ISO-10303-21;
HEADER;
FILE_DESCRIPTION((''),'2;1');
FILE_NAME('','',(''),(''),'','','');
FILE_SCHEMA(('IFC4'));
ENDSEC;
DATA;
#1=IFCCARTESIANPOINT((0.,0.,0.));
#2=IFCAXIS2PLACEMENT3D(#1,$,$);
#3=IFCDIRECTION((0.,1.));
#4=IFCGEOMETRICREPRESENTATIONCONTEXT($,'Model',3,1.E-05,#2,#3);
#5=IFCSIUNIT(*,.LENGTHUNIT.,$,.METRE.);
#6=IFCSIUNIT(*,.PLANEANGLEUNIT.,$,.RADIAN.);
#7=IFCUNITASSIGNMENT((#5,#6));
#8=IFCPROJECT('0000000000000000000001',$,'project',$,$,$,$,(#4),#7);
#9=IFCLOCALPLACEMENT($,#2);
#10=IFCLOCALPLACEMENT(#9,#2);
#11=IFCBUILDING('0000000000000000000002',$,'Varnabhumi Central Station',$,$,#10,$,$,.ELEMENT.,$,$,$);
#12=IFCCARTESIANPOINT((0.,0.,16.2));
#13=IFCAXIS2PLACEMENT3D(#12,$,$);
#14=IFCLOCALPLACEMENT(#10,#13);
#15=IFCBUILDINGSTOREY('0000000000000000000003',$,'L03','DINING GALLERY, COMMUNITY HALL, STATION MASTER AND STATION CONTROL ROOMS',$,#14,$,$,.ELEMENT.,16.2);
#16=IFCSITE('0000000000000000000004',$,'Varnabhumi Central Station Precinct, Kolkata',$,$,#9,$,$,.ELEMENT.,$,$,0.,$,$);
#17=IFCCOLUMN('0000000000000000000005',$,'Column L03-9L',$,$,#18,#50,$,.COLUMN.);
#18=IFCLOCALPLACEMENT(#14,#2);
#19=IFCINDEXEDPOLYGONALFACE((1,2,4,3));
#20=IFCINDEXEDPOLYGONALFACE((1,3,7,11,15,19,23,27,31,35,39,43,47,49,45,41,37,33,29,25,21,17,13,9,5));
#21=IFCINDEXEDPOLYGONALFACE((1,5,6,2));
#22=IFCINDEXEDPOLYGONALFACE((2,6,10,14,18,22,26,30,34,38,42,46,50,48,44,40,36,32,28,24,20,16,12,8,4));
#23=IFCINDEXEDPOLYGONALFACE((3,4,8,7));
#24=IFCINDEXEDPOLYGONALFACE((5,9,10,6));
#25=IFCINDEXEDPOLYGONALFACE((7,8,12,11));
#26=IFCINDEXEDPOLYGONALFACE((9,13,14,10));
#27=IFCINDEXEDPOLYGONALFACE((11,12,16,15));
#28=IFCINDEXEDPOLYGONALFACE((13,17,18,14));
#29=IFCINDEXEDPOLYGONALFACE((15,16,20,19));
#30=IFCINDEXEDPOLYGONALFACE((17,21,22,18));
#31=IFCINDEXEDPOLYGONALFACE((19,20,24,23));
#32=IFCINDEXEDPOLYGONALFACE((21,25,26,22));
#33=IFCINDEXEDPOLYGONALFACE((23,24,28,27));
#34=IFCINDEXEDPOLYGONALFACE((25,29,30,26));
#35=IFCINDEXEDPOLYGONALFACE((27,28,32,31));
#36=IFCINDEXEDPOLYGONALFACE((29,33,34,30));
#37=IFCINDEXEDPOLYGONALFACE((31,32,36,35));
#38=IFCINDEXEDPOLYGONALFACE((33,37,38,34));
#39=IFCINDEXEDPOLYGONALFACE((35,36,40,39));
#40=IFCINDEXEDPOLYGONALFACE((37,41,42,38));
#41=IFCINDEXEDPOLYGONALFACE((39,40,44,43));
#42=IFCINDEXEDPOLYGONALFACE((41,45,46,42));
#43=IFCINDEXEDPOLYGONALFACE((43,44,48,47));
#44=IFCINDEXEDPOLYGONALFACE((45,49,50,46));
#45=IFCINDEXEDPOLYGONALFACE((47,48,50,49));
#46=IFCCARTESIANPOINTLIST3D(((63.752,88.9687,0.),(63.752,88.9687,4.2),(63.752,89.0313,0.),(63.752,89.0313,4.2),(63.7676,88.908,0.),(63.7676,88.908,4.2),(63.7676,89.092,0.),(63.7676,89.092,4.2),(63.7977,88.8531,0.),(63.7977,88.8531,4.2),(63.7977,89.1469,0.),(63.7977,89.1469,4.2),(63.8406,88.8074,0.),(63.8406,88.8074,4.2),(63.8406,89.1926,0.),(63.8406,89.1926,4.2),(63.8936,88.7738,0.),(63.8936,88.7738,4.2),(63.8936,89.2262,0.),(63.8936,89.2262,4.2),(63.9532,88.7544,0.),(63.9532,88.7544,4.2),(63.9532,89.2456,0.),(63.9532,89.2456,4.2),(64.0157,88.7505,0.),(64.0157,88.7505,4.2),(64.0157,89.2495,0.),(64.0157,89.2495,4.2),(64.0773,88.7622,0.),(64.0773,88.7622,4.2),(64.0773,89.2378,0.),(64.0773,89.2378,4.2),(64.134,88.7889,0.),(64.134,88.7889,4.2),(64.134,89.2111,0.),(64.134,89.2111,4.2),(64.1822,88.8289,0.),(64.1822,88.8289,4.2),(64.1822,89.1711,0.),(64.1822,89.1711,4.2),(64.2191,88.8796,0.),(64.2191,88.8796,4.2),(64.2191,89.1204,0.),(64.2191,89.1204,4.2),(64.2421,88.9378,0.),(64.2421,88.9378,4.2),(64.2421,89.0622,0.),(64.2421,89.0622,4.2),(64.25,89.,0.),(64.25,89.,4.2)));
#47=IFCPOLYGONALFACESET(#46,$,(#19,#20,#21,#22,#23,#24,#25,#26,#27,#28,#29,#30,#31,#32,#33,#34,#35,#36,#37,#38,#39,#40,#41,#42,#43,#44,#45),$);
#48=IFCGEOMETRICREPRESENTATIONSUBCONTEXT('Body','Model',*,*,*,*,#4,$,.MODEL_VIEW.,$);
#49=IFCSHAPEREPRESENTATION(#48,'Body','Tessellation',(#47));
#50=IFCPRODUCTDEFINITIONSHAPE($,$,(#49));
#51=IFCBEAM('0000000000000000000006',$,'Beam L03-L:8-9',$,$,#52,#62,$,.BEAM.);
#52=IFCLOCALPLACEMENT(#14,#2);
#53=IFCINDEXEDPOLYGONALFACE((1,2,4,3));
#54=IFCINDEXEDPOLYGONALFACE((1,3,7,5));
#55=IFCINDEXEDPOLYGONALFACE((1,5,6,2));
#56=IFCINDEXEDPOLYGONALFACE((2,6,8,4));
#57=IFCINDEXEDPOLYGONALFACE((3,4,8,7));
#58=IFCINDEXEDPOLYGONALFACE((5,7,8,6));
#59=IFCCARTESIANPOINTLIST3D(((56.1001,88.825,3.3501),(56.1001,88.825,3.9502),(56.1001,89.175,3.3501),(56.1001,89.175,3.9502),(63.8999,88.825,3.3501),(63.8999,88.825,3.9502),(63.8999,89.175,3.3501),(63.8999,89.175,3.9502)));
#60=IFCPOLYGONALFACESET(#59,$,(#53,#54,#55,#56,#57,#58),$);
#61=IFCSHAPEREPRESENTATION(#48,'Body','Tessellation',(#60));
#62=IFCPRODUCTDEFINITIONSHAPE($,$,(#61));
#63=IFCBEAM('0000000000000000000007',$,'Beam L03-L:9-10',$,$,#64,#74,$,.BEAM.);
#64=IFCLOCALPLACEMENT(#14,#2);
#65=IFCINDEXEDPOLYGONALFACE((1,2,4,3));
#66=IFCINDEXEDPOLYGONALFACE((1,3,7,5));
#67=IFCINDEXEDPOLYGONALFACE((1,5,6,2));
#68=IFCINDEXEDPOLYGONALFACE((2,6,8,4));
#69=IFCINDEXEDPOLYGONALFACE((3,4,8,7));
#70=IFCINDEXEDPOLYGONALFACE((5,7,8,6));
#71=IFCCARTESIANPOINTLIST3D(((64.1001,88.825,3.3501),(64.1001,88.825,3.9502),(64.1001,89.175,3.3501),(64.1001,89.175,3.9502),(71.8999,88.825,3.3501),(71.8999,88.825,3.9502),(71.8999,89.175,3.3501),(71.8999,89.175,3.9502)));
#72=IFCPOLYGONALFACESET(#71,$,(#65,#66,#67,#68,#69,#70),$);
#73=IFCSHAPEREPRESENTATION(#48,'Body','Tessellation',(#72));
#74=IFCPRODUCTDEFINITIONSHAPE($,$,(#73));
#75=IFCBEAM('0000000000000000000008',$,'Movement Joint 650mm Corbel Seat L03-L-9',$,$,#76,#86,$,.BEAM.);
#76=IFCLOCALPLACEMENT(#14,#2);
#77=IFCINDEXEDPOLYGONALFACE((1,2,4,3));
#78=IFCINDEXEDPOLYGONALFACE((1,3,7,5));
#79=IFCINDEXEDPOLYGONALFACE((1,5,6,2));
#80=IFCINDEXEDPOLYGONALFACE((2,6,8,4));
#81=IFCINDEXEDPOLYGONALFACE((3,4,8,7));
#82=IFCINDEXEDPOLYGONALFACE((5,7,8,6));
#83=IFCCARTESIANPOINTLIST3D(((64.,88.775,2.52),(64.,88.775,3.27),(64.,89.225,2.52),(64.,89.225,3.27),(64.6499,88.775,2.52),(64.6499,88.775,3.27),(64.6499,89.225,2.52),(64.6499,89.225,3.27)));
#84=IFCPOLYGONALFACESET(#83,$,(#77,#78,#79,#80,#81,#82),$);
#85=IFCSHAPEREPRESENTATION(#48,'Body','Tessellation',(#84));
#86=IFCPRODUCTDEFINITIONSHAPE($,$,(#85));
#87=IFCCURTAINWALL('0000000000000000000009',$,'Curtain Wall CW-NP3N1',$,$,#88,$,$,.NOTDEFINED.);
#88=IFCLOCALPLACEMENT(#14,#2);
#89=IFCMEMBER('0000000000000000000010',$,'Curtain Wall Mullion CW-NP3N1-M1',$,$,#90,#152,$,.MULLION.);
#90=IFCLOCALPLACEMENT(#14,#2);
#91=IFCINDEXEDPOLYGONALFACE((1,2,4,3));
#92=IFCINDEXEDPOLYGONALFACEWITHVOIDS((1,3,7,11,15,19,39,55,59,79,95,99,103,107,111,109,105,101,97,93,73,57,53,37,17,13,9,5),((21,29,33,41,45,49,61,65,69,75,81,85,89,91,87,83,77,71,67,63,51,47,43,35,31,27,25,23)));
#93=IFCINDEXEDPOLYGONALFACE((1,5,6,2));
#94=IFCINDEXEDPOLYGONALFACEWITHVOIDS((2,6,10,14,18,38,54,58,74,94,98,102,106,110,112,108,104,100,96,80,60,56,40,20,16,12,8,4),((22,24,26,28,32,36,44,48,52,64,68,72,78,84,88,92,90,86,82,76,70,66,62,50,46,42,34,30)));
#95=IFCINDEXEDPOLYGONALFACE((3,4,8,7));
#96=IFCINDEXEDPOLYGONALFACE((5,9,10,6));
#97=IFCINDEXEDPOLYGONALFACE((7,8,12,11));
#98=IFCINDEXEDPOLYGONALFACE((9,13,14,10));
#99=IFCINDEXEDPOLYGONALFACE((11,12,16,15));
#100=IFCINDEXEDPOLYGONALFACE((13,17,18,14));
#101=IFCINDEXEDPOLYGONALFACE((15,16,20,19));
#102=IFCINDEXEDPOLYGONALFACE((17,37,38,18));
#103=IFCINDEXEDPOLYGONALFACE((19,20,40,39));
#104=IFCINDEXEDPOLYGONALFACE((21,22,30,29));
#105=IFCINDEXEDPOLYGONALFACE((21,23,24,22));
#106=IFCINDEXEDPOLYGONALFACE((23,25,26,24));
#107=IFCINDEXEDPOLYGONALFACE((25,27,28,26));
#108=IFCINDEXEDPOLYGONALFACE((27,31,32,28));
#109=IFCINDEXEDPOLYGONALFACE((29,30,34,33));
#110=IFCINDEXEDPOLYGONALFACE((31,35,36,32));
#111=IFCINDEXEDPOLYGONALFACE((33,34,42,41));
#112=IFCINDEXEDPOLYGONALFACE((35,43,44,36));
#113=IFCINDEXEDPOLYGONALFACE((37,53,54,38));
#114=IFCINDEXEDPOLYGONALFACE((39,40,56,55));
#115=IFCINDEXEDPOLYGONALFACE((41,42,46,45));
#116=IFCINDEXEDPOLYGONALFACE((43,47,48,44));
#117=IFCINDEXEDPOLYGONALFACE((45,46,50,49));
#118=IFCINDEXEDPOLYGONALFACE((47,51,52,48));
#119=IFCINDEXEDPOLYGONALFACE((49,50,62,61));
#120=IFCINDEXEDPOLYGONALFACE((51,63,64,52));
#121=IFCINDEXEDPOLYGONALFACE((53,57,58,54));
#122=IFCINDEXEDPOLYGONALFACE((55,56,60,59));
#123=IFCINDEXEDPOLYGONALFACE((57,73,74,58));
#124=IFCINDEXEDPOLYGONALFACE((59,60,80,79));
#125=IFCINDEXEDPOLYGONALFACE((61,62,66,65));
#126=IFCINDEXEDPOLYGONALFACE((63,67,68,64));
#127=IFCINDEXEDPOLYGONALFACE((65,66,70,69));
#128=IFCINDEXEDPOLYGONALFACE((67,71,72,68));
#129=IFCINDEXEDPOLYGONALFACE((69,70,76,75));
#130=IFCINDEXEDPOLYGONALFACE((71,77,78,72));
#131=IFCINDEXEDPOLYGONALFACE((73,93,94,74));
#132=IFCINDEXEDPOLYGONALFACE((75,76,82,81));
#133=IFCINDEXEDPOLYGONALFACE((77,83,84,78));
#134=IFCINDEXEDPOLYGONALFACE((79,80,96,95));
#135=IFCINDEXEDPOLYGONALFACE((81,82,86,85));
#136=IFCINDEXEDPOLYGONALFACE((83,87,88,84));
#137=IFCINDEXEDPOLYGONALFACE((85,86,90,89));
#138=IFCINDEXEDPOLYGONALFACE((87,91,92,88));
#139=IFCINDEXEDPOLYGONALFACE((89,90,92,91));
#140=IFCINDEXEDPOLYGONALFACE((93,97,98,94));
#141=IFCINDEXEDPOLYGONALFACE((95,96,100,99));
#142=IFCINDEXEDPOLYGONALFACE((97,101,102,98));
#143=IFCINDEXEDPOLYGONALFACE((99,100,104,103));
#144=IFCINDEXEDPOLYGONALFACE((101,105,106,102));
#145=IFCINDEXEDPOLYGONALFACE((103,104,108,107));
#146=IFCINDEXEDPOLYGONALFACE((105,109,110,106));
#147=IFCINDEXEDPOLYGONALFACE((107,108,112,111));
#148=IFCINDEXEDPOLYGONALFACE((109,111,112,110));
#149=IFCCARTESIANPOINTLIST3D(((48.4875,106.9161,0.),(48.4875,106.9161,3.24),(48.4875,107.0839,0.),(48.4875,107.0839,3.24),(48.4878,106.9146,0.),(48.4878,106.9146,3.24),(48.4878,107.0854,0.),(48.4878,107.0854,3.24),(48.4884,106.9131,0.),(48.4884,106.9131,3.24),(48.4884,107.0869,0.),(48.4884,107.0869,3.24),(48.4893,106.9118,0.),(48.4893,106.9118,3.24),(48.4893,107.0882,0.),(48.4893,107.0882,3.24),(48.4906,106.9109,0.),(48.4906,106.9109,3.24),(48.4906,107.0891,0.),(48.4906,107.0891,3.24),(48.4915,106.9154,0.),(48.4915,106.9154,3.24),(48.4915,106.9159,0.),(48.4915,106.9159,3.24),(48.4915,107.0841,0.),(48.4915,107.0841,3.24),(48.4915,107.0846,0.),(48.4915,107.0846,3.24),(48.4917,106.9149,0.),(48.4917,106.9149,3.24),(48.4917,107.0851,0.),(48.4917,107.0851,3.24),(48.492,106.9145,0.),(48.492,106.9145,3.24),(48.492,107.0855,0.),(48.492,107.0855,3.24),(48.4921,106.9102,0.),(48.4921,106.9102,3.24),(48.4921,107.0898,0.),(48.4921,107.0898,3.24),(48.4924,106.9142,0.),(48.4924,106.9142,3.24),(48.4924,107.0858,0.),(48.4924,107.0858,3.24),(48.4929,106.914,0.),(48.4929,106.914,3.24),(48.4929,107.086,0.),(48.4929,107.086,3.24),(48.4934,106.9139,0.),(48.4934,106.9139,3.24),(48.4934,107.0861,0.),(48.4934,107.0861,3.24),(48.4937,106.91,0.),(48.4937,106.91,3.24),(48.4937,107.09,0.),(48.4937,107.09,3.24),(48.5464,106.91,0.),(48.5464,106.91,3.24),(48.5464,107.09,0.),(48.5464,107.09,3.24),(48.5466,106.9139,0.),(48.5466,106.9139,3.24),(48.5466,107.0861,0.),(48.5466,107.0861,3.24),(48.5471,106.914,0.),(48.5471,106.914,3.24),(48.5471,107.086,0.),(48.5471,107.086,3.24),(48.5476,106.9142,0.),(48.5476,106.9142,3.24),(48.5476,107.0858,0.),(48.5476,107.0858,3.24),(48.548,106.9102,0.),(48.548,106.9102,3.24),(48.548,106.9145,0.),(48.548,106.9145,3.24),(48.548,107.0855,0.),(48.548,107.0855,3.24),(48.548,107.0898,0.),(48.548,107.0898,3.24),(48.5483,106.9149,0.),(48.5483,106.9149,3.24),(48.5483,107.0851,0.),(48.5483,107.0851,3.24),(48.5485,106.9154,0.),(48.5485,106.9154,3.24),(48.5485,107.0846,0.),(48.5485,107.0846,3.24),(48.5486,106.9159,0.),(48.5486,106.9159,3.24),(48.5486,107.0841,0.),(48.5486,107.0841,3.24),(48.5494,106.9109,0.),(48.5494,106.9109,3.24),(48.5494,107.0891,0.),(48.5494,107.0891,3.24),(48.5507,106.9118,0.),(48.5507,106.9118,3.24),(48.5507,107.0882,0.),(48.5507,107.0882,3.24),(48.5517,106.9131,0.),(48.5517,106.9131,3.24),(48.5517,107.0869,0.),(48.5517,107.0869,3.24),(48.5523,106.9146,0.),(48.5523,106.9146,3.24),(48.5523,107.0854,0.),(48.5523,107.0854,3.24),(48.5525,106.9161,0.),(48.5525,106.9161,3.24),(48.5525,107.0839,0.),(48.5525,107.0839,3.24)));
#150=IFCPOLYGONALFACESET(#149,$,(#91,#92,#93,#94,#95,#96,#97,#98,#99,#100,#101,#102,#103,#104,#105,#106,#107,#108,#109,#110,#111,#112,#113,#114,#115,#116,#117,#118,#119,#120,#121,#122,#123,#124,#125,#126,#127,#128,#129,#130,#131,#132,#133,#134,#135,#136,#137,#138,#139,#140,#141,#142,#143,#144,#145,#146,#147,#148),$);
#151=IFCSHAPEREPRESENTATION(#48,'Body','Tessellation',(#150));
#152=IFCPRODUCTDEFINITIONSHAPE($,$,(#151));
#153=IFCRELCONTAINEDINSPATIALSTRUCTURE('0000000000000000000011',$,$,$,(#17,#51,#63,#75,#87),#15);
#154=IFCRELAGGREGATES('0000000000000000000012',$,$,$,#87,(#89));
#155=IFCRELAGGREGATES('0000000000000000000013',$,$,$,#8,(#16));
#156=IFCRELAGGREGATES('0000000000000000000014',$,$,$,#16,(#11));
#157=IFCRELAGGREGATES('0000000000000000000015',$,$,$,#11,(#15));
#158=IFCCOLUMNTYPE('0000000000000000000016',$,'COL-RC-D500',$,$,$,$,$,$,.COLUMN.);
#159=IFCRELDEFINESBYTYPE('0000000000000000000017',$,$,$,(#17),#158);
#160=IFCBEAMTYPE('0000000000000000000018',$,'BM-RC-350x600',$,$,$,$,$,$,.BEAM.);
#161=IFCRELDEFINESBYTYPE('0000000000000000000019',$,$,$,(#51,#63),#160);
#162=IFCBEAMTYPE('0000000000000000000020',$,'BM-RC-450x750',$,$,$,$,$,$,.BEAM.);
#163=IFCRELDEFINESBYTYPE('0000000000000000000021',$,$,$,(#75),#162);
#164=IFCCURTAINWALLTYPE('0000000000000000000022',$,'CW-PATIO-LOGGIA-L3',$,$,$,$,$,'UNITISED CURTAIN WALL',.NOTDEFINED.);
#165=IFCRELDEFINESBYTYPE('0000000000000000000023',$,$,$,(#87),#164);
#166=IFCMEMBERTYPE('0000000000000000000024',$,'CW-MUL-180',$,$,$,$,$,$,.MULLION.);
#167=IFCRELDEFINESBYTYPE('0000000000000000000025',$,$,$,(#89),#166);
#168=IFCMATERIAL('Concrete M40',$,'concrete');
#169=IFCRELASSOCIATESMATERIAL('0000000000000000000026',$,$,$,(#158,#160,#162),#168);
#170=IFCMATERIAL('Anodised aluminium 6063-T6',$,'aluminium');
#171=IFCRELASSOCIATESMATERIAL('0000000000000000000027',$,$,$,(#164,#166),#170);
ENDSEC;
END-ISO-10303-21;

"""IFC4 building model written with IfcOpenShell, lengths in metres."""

from ifc_helpers import new_model, si_unit, direction, frame, origin, origin_2d, place, context, subcontext, project, spatial, rectangle, hollow_rectangle, circle, extrude, material, material_profile, profile_set, type_object, element, aggregate, save


model = new_model("IFC4")

# Units and contexts
model_context = context("Model", 3, precision=1e-05, world=origin(), true_north=direction((0.0, 1.0)))
body_context = subcontext(model_context, "Body", "Model", "MODEL_VIEW")
ifc_project = project(units=[si_unit("LENGTHUNIT", "METRE"), si_unit("PLANEANGLEUNIT", "RADIAN")], contexts=[model_context])

# Site, building, storey
site_placement = place(None, origin())
site = spatial("IfcSite", under=ifc_project, at=site_placement, Name="Varnabhumi Central Station Precinct, Kolkata", CompositionType="ELEMENT", RefElevation=0.0)
building_placement = place(site_placement, origin())
building = spatial("IfcBuilding", under=site, at=building_placement, Name="Varnabhumi Central Station", CompositionType="ELEMENT")
storey_placement = place(building_placement, frame((0.0, 0.0, 16.2)))
storey = spatial("IfcBuildingStorey", under=building, at=storey_placement, Name="L03", Description="DINING GALLERY, COMMUNITY HALL, STATION MASTER AND STATION CONTROL ROOMS", CompositionType="ELEMENT", Elevation=16.2)

# Column
ifc_material_1 = material(Name="Concrete M40", Category="concrete")
ifc_material_profile_1 = material_profile(ifc_material_1, circle(Radius=0.25, at=origin_2d()), Name="Concrete M40", Category="concrete")
ifc_profile_set_1 = profile_set([ifc_material_profile_1], Name="Concrete M40")
column_type = type_object("IfcColumnType", Name="COL-RC-D500", PredefinedType="COLUMN", material=ifc_profile_set_1)
column_placement = place(storey_placement, frame((64.0, 89.0, 0.0), z_axis=(0.0, 0.0, 1.0), x_axis=(1.0, 0.0, 0.0)))
element("IfcColumn", 1, at=column_placement, inside=storey, type_object=column_type, Name="Column L03-9L", PredefinedType="COLUMN", context=body_context, shape_type="SweptSolid", body=[
    extrude(circle(Radius=0.25, at=origin_2d()), origin(), (0.0, 0.0, 1.0), 4.2),
])

# Beams
ifc_material_profile_2 = material_profile(ifc_material_1, rectangle(XDim=0.3501, YDim=0.6001, at=origin_2d()), Name="Concrete M40", Category="concrete")
ifc_profile_set_2 = profile_set([ifc_material_profile_2], Name="Concrete M40")
beam_type_1 = type_object("IfcBeamType", Name="BM-RC-350x600", PredefinedType="BEAM", material=ifc_profile_set_2)
for number, where, z_axis, x_axis, name in (
    (2, (56.1001, 89.0, 3.6501), (1.0, 0.0, 0.0), (0.0, 1.0, 0.0), "Beam L03-L:8-9"),
    (3, (64.1001, 89.0, 3.6501), (1.0, 0.0, 0.0), (0.0, 1.0, 0.0), "Beam L03-L:9-10"),
):
    element("IfcBeam", number, at=place(storey_placement, frame(where, z_axis=z_axis, x_axis=x_axis)), inside=storey, type_object=beam_type_1, Name=name, PredefinedType="BEAM", context=body_context, shape_type="SweptSolid", body=[
        extrude(rectangle(XDim=0.3501, YDim=0.6001, at=origin_2d()), origin(), (0.0, 0.0, 1.0), 7.7998),
    ])
ifc_material_profile_3 = material_profile(ifc_material_1, rectangle(XDim=0.45, YDim=0.75, at=origin_2d()), Name="Concrete M40", Category="concrete")
ifc_profile_set_3 = profile_set([ifc_material_profile_3], Name="Concrete M40")
beam_type_2 = type_object("IfcBeamType", Name="BM-RC-450x750", PredefinedType="BEAM", material=ifc_profile_set_3)
beam_placement = place(storey_placement, frame((64.0, 89.0, 2.895), z_axis=(1.0, 0.0, 0.0), x_axis=(0.0, 1.0, 0.0)))
element("IfcBeam", 4, at=beam_placement, inside=storey, type_object=beam_type_2, Name="Movement Joint 650mm Corbel Seat L03-L-9", PredefinedType="BEAM", context=body_context, shape_type="SweptSolid", body=[
    extrude(rectangle(XDim=0.45, YDim=0.75, at=origin_2d()), origin(), (0.0, 0.0, 1.0), 0.6499),
])

# Curtain wall, member
ifc_material_2 = material(Name="Anodised aluminium 6063-T6", Category="aluminium")
curtain_wall_type = type_object("IfcCurtainWallType", Name="CW-PATIO-LOGGIA-L3", ElementType="UNITISED CURTAIN WALL", PredefinedType="NOTDEFINED", material=ifc_material_2)
curtain_wall_1_placement = place(storey_placement, origin())
curtain_wall_1 = element("IfcCurtainWall", 5, at=curtain_wall_1_placement, inside=storey, type_object=curtain_wall_type, Name="Curtain Wall CW-NP3N1", PredefinedType="NOTDEFINED")
ifc_material_profile_4 = material_profile(ifc_material_2, hollow_rectangle(XDim=0.0649, YDim=0.1799, WallThickness=0.0039, InnerFilletRadius=0.002, OuterFilletRadius=0.0061, at=origin_2d()), Name="Anodised aluminium 6063-T6", Category="aluminium")
ifc_profile_set_4 = profile_set([ifc_material_profile_4], Name="Anodised aluminium 6063-T6")
member_type_1 = type_object("IfcMemberType", Name="CW-MUL-180", PredefinedType="MULLION", material=ifc_profile_set_4)
member_1_placement = place(storey_placement, frame((48.52, 107.0, 0.0), z_axis=(0.0, 0.0, 1.0), x_axis=(1.0, 0.0, 0.0)))
member_1 = element("IfcMember", 6, at=member_1_placement, type_object=member_type_1, Name="Curtain Wall Mullion CW-NP3N1-M1", PredefinedType="MULLION", context=body_context, shape_type="SweptSolid", body=[
    extrude(hollow_rectangle(XDim=0.0649, YDim=0.1799, WallThickness=0.0039, InnerFilletRadius=0.002, OuterFilletRadius=0.0061, at=origin_2d()), origin(), (0.0, 0.0, 1.0), 3.24),
])

aggregate(curtain_wall_1, [member_1])

save(model, "model.ifc")
